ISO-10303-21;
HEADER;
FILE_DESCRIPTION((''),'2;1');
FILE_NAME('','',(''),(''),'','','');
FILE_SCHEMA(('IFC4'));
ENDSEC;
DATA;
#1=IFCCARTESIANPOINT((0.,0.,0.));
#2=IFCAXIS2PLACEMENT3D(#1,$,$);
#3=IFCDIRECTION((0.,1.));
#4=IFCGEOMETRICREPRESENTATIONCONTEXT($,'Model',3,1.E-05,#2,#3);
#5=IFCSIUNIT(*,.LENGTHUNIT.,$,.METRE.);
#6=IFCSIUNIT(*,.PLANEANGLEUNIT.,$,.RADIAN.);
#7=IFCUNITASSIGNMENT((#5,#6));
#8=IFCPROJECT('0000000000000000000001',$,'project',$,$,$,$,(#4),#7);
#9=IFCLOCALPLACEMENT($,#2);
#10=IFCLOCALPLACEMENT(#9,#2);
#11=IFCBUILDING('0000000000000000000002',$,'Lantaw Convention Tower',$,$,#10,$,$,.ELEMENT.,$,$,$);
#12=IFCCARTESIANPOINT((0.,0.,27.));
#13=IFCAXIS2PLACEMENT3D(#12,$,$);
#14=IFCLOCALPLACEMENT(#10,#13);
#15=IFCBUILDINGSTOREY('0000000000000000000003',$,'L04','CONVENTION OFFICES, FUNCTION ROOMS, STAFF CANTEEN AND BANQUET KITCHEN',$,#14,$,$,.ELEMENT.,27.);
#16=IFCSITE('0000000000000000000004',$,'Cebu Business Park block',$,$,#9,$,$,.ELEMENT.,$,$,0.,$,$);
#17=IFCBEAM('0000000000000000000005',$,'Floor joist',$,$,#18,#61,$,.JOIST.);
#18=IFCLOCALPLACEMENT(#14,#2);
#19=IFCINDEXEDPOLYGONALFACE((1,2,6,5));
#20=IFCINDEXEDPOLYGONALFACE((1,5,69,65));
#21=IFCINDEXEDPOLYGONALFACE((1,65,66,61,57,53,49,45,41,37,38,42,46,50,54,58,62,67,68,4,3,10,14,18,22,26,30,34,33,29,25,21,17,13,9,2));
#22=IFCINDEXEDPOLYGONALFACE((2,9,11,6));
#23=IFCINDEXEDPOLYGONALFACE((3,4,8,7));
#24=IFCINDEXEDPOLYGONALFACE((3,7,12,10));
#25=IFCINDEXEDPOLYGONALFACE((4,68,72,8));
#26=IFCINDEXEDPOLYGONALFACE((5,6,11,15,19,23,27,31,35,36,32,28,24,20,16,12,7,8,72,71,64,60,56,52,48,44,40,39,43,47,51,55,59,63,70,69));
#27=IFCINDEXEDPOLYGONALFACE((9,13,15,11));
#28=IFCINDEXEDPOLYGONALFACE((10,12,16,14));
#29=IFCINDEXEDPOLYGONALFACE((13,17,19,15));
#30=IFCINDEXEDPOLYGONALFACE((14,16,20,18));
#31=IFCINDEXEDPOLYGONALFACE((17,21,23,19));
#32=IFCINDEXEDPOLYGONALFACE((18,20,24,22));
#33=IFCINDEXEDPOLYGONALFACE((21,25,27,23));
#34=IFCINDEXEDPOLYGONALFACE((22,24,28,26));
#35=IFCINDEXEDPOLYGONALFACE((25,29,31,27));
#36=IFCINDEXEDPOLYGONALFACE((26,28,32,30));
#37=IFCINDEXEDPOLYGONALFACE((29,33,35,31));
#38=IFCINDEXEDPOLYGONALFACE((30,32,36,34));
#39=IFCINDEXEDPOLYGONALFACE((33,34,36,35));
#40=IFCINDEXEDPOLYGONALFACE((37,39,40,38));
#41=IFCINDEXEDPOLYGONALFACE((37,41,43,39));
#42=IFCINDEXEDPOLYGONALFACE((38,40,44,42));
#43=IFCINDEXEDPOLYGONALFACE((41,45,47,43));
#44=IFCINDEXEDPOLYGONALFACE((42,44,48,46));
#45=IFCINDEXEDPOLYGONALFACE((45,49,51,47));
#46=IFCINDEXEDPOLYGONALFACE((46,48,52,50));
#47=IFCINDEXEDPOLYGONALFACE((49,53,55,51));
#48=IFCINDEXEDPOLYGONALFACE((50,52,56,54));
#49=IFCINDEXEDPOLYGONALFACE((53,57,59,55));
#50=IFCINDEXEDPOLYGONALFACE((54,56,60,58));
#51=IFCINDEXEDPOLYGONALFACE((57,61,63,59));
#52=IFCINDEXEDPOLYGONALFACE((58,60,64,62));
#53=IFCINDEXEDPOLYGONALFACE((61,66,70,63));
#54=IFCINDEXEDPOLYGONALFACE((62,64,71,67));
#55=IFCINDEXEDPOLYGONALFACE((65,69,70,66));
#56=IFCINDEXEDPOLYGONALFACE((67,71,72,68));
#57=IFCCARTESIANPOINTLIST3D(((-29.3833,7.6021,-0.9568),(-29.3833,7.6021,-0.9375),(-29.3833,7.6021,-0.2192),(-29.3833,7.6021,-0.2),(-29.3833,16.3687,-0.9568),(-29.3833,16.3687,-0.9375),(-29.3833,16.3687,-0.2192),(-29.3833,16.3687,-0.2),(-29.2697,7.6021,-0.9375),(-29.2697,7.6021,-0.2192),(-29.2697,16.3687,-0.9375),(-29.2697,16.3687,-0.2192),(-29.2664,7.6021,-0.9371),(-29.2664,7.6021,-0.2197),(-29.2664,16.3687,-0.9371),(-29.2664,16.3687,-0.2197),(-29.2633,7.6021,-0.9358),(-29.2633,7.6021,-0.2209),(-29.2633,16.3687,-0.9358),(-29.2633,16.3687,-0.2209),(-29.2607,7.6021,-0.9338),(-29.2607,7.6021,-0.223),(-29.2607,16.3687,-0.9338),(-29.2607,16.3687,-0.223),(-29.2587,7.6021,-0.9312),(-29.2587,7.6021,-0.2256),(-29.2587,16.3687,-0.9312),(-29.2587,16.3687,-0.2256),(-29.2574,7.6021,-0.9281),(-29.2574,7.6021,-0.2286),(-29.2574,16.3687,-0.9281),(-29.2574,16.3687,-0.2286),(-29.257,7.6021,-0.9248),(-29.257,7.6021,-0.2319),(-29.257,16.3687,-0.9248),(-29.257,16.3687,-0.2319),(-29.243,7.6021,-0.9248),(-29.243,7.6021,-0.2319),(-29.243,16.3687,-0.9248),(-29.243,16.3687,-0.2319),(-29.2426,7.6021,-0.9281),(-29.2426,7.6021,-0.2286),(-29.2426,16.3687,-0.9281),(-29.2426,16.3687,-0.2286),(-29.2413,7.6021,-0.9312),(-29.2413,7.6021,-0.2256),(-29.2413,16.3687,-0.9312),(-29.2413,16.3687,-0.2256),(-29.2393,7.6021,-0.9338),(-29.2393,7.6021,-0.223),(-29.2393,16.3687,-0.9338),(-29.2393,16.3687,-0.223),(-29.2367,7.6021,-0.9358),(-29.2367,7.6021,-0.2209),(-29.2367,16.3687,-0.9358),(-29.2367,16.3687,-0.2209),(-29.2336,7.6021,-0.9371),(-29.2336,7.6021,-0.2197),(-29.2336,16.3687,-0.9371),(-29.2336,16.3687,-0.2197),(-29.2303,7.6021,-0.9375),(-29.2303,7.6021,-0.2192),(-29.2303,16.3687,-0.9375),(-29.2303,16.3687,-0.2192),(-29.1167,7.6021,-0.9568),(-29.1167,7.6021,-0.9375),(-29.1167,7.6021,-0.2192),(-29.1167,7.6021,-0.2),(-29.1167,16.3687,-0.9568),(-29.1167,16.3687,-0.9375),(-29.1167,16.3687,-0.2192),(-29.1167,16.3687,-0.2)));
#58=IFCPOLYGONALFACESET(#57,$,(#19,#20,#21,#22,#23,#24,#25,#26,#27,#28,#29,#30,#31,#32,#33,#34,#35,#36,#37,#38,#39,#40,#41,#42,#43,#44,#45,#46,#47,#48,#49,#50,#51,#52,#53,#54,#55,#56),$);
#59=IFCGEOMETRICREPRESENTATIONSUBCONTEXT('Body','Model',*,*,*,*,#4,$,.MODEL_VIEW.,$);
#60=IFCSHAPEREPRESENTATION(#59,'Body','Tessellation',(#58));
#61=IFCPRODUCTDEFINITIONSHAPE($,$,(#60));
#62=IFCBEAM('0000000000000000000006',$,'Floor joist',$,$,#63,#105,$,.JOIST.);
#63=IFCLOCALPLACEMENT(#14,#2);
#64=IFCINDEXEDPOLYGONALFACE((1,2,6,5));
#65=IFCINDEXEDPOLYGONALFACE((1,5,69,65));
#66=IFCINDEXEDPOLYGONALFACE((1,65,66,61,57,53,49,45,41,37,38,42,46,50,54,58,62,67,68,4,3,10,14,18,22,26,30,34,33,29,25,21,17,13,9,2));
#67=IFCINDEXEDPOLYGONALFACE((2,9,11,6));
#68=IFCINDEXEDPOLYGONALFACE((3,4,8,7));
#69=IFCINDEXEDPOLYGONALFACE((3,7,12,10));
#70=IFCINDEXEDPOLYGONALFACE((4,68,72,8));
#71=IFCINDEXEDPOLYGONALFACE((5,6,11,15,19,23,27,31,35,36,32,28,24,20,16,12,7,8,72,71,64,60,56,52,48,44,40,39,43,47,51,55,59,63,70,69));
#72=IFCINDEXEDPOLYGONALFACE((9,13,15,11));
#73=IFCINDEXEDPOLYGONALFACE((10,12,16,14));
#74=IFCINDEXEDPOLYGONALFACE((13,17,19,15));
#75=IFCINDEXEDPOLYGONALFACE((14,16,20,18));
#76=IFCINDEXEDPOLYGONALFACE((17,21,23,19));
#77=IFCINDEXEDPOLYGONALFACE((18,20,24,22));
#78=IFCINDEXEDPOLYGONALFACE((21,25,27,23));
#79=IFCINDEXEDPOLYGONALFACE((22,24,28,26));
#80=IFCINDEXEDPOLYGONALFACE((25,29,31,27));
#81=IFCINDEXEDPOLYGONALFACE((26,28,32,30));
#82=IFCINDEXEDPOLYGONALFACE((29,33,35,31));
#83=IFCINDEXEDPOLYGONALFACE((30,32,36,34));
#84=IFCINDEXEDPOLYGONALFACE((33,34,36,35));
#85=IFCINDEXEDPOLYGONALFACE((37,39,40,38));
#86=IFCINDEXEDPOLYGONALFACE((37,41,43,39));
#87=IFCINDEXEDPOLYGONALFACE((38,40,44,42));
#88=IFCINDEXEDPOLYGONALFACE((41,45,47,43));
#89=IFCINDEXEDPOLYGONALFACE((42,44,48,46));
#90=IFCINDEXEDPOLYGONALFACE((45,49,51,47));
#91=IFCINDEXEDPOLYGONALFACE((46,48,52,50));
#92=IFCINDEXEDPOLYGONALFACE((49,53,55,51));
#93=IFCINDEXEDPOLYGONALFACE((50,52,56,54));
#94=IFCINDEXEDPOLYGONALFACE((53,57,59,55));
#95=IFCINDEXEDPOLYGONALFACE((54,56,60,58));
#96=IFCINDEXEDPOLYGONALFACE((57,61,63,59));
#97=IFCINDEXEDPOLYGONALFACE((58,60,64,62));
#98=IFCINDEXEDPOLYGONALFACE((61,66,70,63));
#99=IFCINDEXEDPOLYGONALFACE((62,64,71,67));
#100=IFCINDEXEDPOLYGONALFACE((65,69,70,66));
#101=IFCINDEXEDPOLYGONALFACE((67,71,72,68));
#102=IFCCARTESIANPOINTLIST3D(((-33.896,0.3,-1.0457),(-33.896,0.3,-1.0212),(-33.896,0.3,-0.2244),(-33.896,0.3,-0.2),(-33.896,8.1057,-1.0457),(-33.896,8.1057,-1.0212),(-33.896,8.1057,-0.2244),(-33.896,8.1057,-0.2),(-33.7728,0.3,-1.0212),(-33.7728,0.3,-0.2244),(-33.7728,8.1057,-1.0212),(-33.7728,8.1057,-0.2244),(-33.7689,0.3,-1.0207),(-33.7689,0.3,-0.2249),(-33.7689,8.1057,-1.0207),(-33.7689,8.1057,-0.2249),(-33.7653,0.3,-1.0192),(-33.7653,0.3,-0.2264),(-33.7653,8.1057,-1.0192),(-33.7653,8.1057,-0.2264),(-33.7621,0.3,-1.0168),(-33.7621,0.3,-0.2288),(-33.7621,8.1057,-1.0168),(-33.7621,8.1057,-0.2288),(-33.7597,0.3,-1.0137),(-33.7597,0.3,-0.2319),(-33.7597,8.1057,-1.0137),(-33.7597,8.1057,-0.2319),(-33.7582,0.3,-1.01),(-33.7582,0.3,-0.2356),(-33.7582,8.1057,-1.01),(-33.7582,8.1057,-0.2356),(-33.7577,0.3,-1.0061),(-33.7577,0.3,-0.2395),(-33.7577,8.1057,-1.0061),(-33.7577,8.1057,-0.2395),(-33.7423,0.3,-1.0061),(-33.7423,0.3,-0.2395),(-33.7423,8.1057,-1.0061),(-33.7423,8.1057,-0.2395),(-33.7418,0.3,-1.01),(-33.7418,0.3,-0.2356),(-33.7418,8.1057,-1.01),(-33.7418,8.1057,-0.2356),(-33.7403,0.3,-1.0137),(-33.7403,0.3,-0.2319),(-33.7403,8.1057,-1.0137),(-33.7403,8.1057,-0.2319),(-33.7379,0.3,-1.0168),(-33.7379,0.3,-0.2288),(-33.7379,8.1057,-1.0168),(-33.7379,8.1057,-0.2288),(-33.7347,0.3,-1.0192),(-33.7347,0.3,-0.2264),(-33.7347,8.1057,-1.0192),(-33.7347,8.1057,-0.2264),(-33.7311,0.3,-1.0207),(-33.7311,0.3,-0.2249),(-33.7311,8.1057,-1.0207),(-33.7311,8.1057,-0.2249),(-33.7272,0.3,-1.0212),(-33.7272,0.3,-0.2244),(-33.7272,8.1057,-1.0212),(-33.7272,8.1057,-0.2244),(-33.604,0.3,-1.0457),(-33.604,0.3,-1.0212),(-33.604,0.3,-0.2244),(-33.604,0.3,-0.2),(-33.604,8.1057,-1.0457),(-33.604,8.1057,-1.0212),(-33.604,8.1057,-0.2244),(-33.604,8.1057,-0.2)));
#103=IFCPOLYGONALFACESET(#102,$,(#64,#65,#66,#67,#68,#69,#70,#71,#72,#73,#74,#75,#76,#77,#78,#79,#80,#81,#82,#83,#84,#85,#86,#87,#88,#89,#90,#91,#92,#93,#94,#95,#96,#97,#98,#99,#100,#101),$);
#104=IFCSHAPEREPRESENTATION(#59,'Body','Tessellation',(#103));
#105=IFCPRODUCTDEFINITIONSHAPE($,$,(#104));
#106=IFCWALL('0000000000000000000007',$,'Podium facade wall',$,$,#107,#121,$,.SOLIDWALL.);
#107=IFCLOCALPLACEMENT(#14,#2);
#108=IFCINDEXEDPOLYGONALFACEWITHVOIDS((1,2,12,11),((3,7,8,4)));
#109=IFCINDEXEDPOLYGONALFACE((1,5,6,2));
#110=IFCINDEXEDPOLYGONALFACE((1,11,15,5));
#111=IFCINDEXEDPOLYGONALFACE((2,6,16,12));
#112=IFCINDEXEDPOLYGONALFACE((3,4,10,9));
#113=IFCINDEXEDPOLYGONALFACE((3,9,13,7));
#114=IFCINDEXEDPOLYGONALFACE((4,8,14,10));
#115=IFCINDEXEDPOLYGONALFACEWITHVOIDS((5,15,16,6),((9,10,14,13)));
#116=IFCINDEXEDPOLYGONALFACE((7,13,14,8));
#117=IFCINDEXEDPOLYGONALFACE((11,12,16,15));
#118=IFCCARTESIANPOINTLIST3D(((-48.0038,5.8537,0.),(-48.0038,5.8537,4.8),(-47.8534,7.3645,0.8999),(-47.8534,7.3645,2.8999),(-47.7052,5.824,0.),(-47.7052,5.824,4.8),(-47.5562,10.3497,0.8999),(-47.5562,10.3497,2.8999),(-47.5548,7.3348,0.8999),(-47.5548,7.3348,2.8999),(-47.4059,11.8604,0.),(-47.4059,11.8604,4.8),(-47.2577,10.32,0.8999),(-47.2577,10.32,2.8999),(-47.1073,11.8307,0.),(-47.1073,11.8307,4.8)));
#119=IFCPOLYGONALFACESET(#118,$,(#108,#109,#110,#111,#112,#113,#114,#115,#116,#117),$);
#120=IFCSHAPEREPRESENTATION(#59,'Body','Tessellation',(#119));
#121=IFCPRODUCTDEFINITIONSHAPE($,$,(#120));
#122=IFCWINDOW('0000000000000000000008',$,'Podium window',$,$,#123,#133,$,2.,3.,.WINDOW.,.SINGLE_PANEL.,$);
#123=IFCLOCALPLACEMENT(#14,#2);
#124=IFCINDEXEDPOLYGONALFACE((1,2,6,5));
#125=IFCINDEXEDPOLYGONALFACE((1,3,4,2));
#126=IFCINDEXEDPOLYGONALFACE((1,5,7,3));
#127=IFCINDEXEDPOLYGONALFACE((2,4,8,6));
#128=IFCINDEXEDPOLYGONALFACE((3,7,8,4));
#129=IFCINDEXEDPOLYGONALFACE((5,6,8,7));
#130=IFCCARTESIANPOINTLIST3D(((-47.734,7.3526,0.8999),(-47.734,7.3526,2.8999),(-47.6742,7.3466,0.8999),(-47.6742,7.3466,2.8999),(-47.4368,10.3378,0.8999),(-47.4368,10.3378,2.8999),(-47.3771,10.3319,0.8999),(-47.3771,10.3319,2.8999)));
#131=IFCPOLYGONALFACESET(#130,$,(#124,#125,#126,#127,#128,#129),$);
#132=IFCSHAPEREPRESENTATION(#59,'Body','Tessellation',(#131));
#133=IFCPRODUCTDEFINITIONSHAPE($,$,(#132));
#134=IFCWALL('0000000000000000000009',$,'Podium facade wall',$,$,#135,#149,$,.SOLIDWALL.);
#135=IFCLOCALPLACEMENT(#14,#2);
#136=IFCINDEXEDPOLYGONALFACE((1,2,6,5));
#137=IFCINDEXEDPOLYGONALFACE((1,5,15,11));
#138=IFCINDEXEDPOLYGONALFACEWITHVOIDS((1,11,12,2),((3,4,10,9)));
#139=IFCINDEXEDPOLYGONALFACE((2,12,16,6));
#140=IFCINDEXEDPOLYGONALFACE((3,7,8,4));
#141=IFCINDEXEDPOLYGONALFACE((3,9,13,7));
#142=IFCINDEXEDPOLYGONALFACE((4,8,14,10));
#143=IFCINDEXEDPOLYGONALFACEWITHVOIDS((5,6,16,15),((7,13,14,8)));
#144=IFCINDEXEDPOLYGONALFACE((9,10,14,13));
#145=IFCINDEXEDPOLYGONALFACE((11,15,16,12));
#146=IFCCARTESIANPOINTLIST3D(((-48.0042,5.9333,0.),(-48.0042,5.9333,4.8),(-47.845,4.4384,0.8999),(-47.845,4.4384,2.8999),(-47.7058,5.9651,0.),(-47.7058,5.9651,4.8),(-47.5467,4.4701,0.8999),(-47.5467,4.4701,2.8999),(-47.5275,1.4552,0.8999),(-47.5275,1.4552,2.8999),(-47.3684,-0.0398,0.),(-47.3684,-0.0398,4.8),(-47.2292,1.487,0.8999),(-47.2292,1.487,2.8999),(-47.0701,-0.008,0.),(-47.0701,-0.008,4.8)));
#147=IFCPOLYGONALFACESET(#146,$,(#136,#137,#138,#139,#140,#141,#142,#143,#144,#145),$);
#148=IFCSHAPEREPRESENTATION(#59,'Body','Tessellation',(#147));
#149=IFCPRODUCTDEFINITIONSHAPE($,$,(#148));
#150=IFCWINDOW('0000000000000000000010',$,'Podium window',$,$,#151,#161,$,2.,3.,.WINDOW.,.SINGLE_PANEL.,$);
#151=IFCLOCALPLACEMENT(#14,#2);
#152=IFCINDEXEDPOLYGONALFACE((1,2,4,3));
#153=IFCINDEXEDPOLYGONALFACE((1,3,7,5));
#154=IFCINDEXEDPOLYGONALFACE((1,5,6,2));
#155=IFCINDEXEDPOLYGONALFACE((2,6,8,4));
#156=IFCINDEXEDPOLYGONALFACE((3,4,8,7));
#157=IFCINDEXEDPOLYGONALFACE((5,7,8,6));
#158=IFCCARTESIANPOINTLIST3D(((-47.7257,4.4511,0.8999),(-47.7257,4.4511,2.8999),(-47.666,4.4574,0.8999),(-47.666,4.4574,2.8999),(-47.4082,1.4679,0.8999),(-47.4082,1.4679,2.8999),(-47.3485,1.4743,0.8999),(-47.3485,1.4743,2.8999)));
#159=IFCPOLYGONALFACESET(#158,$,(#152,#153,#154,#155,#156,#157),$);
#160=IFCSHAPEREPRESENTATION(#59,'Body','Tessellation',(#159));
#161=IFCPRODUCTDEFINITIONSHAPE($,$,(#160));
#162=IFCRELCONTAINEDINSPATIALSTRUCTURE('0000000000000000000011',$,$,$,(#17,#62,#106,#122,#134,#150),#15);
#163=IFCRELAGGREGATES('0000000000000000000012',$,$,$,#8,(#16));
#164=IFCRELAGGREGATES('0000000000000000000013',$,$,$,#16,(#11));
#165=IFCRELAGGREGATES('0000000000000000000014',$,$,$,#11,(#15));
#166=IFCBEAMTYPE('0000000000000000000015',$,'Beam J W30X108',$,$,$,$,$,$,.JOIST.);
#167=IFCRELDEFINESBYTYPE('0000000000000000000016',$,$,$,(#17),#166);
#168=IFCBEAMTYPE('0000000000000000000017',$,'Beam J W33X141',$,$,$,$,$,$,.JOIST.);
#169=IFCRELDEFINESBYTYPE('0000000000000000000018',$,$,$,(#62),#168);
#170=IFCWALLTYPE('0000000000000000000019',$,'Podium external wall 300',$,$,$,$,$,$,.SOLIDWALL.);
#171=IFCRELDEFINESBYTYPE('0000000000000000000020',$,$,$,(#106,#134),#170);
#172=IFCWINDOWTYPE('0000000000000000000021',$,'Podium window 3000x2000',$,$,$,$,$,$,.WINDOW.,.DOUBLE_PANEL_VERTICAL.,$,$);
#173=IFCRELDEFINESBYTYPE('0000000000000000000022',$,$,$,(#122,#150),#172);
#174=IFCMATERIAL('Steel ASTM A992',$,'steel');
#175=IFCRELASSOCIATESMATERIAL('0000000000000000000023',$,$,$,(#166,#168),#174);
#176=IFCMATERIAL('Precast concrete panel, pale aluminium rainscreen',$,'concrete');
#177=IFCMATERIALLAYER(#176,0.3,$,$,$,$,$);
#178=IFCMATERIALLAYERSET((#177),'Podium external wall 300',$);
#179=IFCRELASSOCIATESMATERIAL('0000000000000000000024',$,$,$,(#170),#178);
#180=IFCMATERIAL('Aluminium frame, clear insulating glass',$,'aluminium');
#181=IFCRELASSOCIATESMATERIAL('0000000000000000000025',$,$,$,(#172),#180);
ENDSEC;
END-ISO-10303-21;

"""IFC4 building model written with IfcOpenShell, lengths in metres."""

from ifc_helpers import new_model, si_unit, direction, frame, frame_2d, origin, origin_2d, place, context, subcontext, project, spatial, rectangle, i_section, extrude, material, layer, layer_set, material_profile, profile_set, type_object, element, fill, save


model = new_model("IFC4")

# Units and contexts
model_context = context("Model", 3, precision=1e-05, world=origin(), true_north=direction((0.0, 1.0)))
body_context = subcontext(model_context, "Body", "Model", "MODEL_VIEW")
ifc_project = project(units=[si_unit("LENGTHUNIT", "METRE"), si_unit("PLANEANGLEUNIT", "RADIAN")], contexts=[model_context])

# Site, building, storey
site_placement = place(None, origin())
site = spatial("IfcSite", under=ifc_project, at=site_placement, Name="Cebu Business Park block", CompositionType="ELEMENT", RefElevation=0.0)
building_placement = place(site_placement, origin())
building = spatial("IfcBuilding", under=site, at=building_placement, Name="Lantaw Convention Tower", CompositionType="ELEMENT")
storey_placement = place(building_placement, frame((0.0, 0.0, 27.0)))
storey = spatial("IfcBuildingStorey", under=building, at=storey_placement, Name="L04", Description="CONVENTION OFFICES, FUNCTION ROOMS, STAFF CANTEEN AND BANQUET KITCHEN", CompositionType="ELEMENT", Elevation=27.0)

# Beams
ifc_material_1 = material(Name="Steel ASTM A992", Category="steel")
ifc_material_profile_1 = material_profile(ifc_material_1, i_section(OverallWidth=0.2666, OverallDepth=0.7568, WebThickness=0.0139, FlangeThickness=0.0193, FilletRadius=0.0127, at=origin_2d()), Name="W30X108")
ifc_profile_set_1 = profile_set([ifc_material_profile_1], Name="Steel ASTM A992")
beam_type_1 = type_object("IfcBeamType", Name="Beam J W30X108", PredefinedType="JOIST", material=ifc_profile_set_1)
beam_1_placement = place(storey_placement, frame((-29.25, 7.6021, -0.5784), z_axis=(0.0, 1.0, 0.0), x_axis=(-1.0, 0.0, 0.0)))
element("IfcBeam", 1, at=beam_1_placement, inside=storey, type_object=beam_type_1, Name="Floor joist", PredefinedType="JOIST", context=body_context, shape_type="SweptSolid", body=[
    extrude(i_section(OverallWidth=0.2666, OverallDepth=0.7568, WebThickness=0.0139, FlangeThickness=0.0193, FilletRadius=0.0127, at=origin_2d()), origin(), (0.0, 0.0, 1.0), 8.7666),
])
ifc_material_profile_2 = material_profile(ifc_material_1, i_section(OverallWidth=0.292, OverallDepth=0.8457, WebThickness=0.0154, FlangeThickness=0.0244, FilletRadius=0.0151, at=origin_2d()), Name="W33X141")
ifc_profile_set_2 = profile_set([ifc_material_profile_2], Name="Steel ASTM A992")
beam_type_2 = type_object("IfcBeamType", Name="Beam J W33X141", PredefinedType="JOIST", material=ifc_profile_set_2)
beam_2_placement = place(storey_placement, frame((-33.75, 0.3, -0.6228), z_axis=(0.0, 1.0, 0.0), x_axis=(-1.0, 0.0, 0.0)))
element("IfcBeam", 2, at=beam_2_placement, inside=storey, type_object=beam_type_2, Name="Floor joist", PredefinedType="JOIST", context=body_context, shape_type="SweptSolid", body=[
    extrude(i_section(OverallWidth=0.292, OverallDepth=0.8457, WebThickness=0.0154, FlangeThickness=0.0244, FilletRadius=0.0151, at=origin_2d()), origin(), (0.0, 0.0, 1.0), 7.8057),
])

# Walls, openings, windows
ifc_material_2 = material(Name="Precast concrete panel, pale aluminium rainscreen", Category="concrete")
ifc_layer_1 = layer(ifc_material_2, 0.3)
ifc_layer_set_1 = layer_set([ifc_layer_1], Name="Podium external wall 300")
wall_type_1 = type_object("IfcWallType", Name="Podium external wall 300", PredefinedType="SOLIDWALL", material=ifc_layer_set_1)
wall_1_placement = place(storey_placement, frame((-47.2566, 11.8455, 0.0), z_axis=(0.0, 0.0, 1.0), x_axis=(-0.099051, -0.995082, 0.0)))
wall_1 = element("IfcWall", 3, at=wall_1_placement, inside=storey, type_object=wall_type_1, Name="Podium facade wall", PredefinedType="SOLIDWALL", context=body_context, shape_type="SweptSolid", body=[
    extrude(rectangle(XDim=6.0364, YDim=0.3, at=frame_2d((3.0181, 0.0))), origin(), (0.0, 0.0, 1.0), 4.8),
])
opening_1_placement = place(wall_1_placement, frame((1.5181, 0.0, 0.8999)))
opening_1 = element("IfcOpeningElement", 4, at=opening_1_placement, cuts=wall_1, PredefinedType="OPENING", context=body_context, shape_type="SweptSolid", body=[
    extrude(rectangle(XDim=3.0, YDim=2.0, at=frame_2d((1.5, 1.0))), frame((0.0, 0.1599, 0.0), z_axis=(0.0, -1.0, 0.0), x_axis=(1.0, 0.0, 0.0)), (0.0, 0.0, 1.0), 0.3201),
])
ifc_material_3 = material(Name="Aluminium frame, clear insulating glass", Category="aluminium")
window_type = type_object("IfcWindowType", Name="Podium window 3000x2000", PartitioningType="DOUBLE_PANEL_VERTICAL", PredefinedType="WINDOW", material=ifc_material_3)
window_1_placement = place(opening_1_placement, origin())
window_1 = element("IfcWindow", 5, at=window_1_placement, inside=storey, type_object=window_type, Name="Podium window", OverallHeight=2.0, OverallWidth=3.0, PartitioningType="SINGLE_PANEL", PredefinedType="WINDOW", context=body_context, shape_type="SweptSolid", body=[
    extrude(rectangle(XDim=3.0, YDim=2.0, at=frame_2d((1.5, 1.0))), frame((0.0, 0.03, 0.0), z_axis=(0.0, -1.0, 0.0), x_axis=(1.0, 0.0, 0.0)), (0.0, 0.0, 1.0), 0.0601),
])
fill(opening_1, window_1)
wall_2_placement = place(storey_placement, frame((-47.855, 5.9492, 0.0), z_axis=(0.0, 0.0, 1.0), x_axis=(0.105836, -0.994384, 0.0)))
wall_2 = element("IfcWall", 6, at=wall_2_placement, inside=storey, type_object=wall_type_1, Name="Podium facade wall", PredefinedType="SOLIDWALL", context=body_context, shape_type="SweptSolid", body=[
    extrude(rectangle(XDim=6.0068, YDim=0.3, at=frame_2d((3.0034, 0.0))), origin(), (0.0, 0.0, 1.0), 4.8),
])
opening_2_placement = place(wall_2_placement, frame((1.5034, 0.0, 0.8999)))
opening_2 = element("IfcOpeningElement", 7, at=opening_2_placement, cuts=wall_2, PredefinedType="OPENING", context=body_context, shape_type="SweptSolid", body=[
    extrude(rectangle(XDim=3.0, YDim=2.0, at=frame_2d((1.5, 1.0))), frame((0.0, 0.1599, 0.0), z_axis=(0.0, -1.0, 0.0), x_axis=(1.0, 0.0, 0.0)), (0.0, 0.0, 1.0), 0.3201),
])
window_2_placement = place(opening_2_placement, origin())
window_2 = element("IfcWindow", 8, at=window_2_placement, inside=storey, type_object=window_type, Name="Podium window", OverallHeight=2.0, OverallWidth=3.0, PartitioningType="SINGLE_PANEL", PredefinedType="WINDOW", context=body_context, shape_type="SweptSolid", body=[
    extrude(rectangle(XDim=3.0, YDim=2.0, at=frame_2d((1.5, 1.0))), frame((0.0, 0.03, 0.0), z_axis=(0.0, -1.0, 0.0), x_axis=(1.0, 0.0, 0.0)), (0.0, 0.0, 1.0), 0.0601),
])
fill(opening_2, window_2)

save(model, "model.ifc")
